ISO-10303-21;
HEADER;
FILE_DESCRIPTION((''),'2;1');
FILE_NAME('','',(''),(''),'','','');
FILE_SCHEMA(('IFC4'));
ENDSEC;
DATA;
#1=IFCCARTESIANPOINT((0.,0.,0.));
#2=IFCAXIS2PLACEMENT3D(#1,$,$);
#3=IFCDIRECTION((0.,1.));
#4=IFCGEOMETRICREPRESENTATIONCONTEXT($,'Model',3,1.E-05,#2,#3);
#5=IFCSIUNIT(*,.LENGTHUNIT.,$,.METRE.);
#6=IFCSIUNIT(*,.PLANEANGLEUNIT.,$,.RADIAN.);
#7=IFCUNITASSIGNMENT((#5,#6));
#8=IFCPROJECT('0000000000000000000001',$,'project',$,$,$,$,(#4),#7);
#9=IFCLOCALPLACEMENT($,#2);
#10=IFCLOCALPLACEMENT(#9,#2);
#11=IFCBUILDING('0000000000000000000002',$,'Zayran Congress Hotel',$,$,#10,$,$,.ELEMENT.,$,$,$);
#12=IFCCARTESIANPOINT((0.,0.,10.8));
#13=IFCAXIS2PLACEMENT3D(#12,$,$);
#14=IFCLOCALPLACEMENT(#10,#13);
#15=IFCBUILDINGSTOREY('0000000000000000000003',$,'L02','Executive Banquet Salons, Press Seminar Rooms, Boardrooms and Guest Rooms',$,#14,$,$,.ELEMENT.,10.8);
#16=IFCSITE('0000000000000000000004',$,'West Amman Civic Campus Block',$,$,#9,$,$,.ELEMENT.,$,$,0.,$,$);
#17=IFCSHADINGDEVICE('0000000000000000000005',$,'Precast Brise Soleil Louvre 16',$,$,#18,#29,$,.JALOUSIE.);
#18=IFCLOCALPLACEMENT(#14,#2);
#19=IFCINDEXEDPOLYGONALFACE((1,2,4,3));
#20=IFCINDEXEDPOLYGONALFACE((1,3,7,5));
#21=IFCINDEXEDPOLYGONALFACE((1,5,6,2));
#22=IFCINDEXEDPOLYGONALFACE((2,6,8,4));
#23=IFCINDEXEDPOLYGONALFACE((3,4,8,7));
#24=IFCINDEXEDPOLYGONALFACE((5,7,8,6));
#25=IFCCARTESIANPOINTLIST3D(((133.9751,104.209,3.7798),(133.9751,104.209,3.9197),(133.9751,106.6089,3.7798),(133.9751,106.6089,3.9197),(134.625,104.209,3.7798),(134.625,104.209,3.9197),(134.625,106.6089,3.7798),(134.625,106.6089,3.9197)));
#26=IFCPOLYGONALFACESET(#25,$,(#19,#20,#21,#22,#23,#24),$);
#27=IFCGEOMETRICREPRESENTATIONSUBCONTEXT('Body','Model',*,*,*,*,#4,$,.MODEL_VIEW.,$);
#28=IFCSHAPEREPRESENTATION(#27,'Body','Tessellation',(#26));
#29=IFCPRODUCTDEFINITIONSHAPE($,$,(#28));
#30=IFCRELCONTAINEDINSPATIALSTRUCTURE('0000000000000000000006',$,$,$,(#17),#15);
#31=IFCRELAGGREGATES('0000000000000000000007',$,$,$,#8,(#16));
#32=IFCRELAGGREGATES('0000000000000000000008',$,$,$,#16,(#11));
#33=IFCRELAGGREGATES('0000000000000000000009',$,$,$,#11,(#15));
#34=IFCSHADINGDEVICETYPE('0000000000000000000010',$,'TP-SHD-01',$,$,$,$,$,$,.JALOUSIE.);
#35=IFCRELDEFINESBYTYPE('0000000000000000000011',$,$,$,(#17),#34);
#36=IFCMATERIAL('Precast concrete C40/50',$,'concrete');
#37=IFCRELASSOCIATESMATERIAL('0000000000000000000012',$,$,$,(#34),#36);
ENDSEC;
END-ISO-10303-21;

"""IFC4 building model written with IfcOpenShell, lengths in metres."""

from ifc_helpers import new_model, si_unit, direction, frame, origin, origin_2d, place, context, subcontext, project, spatial, rectangle, extrude, material, type_object, element, save


model = new_model("IFC4")

# Units and contexts
model_context = context("Model", 3, precision=1e-05, world=origin(), true_north=direction((0.0, 1.0)))
body_context = subcontext(model_context, "Body", "Model", "MODEL_VIEW")
ifc_project = project(units=[si_unit("LENGTHUNIT", "METRE"), si_unit("PLANEANGLEUNIT", "RADIAN")], contexts=[model_context])

# Site, building, storey
site_placement = place(None, origin())
site = spatial("IfcSite", under=ifc_project, at=site_placement, Name="West Amman Civic Campus Block", CompositionType="ELEMENT", RefElevation=0.0)
building_placement = place(site_placement, origin())
building = spatial("IfcBuilding", under=site, at=building_placement, Name="Zayran Congress Hotel", CompositionType="ELEMENT")
storey_placement = place(building_placement, frame((0.0, 0.0, 10.8)))
storey = spatial("IfcBuildingStorey", under=building, at=storey_placement, Name="L02", Description="Executive Banquet Salons, Press Seminar Rooms, Boardrooms and Guest Rooms", CompositionType="ELEMENT", Elevation=10.8)

# Shading device
ifc_material_1 = material(Name="Precast concrete C40/50", Category="concrete")
shading_device_type = type_object("IfcShadingDeviceType", Name="TP-SHD-01", PredefinedType="JALOUSIE", material=ifc_material_1)
shading_device_placement = place(storey_placement, frame((134.3, 105.4089, 3.7798), z_axis=(0.0, 0.0, 1.0), x_axis=(0.0, 1.0, 0.0)))
element("IfcShadingDevice", 1, at=shading_device_placement, inside=storey, type_object=shading_device_type, Name="Precast Brise Soleil Louvre 16", PredefinedType="JALOUSIE", context=body_context, shape_type="SweptSolid", body=[
    extrude(rectangle(XDim=2.3999, YDim=0.6499, at=origin_2d()), origin(), (0.0, 0.0, 1.0), 0.1399),
])

save(model, "model.ifc")
